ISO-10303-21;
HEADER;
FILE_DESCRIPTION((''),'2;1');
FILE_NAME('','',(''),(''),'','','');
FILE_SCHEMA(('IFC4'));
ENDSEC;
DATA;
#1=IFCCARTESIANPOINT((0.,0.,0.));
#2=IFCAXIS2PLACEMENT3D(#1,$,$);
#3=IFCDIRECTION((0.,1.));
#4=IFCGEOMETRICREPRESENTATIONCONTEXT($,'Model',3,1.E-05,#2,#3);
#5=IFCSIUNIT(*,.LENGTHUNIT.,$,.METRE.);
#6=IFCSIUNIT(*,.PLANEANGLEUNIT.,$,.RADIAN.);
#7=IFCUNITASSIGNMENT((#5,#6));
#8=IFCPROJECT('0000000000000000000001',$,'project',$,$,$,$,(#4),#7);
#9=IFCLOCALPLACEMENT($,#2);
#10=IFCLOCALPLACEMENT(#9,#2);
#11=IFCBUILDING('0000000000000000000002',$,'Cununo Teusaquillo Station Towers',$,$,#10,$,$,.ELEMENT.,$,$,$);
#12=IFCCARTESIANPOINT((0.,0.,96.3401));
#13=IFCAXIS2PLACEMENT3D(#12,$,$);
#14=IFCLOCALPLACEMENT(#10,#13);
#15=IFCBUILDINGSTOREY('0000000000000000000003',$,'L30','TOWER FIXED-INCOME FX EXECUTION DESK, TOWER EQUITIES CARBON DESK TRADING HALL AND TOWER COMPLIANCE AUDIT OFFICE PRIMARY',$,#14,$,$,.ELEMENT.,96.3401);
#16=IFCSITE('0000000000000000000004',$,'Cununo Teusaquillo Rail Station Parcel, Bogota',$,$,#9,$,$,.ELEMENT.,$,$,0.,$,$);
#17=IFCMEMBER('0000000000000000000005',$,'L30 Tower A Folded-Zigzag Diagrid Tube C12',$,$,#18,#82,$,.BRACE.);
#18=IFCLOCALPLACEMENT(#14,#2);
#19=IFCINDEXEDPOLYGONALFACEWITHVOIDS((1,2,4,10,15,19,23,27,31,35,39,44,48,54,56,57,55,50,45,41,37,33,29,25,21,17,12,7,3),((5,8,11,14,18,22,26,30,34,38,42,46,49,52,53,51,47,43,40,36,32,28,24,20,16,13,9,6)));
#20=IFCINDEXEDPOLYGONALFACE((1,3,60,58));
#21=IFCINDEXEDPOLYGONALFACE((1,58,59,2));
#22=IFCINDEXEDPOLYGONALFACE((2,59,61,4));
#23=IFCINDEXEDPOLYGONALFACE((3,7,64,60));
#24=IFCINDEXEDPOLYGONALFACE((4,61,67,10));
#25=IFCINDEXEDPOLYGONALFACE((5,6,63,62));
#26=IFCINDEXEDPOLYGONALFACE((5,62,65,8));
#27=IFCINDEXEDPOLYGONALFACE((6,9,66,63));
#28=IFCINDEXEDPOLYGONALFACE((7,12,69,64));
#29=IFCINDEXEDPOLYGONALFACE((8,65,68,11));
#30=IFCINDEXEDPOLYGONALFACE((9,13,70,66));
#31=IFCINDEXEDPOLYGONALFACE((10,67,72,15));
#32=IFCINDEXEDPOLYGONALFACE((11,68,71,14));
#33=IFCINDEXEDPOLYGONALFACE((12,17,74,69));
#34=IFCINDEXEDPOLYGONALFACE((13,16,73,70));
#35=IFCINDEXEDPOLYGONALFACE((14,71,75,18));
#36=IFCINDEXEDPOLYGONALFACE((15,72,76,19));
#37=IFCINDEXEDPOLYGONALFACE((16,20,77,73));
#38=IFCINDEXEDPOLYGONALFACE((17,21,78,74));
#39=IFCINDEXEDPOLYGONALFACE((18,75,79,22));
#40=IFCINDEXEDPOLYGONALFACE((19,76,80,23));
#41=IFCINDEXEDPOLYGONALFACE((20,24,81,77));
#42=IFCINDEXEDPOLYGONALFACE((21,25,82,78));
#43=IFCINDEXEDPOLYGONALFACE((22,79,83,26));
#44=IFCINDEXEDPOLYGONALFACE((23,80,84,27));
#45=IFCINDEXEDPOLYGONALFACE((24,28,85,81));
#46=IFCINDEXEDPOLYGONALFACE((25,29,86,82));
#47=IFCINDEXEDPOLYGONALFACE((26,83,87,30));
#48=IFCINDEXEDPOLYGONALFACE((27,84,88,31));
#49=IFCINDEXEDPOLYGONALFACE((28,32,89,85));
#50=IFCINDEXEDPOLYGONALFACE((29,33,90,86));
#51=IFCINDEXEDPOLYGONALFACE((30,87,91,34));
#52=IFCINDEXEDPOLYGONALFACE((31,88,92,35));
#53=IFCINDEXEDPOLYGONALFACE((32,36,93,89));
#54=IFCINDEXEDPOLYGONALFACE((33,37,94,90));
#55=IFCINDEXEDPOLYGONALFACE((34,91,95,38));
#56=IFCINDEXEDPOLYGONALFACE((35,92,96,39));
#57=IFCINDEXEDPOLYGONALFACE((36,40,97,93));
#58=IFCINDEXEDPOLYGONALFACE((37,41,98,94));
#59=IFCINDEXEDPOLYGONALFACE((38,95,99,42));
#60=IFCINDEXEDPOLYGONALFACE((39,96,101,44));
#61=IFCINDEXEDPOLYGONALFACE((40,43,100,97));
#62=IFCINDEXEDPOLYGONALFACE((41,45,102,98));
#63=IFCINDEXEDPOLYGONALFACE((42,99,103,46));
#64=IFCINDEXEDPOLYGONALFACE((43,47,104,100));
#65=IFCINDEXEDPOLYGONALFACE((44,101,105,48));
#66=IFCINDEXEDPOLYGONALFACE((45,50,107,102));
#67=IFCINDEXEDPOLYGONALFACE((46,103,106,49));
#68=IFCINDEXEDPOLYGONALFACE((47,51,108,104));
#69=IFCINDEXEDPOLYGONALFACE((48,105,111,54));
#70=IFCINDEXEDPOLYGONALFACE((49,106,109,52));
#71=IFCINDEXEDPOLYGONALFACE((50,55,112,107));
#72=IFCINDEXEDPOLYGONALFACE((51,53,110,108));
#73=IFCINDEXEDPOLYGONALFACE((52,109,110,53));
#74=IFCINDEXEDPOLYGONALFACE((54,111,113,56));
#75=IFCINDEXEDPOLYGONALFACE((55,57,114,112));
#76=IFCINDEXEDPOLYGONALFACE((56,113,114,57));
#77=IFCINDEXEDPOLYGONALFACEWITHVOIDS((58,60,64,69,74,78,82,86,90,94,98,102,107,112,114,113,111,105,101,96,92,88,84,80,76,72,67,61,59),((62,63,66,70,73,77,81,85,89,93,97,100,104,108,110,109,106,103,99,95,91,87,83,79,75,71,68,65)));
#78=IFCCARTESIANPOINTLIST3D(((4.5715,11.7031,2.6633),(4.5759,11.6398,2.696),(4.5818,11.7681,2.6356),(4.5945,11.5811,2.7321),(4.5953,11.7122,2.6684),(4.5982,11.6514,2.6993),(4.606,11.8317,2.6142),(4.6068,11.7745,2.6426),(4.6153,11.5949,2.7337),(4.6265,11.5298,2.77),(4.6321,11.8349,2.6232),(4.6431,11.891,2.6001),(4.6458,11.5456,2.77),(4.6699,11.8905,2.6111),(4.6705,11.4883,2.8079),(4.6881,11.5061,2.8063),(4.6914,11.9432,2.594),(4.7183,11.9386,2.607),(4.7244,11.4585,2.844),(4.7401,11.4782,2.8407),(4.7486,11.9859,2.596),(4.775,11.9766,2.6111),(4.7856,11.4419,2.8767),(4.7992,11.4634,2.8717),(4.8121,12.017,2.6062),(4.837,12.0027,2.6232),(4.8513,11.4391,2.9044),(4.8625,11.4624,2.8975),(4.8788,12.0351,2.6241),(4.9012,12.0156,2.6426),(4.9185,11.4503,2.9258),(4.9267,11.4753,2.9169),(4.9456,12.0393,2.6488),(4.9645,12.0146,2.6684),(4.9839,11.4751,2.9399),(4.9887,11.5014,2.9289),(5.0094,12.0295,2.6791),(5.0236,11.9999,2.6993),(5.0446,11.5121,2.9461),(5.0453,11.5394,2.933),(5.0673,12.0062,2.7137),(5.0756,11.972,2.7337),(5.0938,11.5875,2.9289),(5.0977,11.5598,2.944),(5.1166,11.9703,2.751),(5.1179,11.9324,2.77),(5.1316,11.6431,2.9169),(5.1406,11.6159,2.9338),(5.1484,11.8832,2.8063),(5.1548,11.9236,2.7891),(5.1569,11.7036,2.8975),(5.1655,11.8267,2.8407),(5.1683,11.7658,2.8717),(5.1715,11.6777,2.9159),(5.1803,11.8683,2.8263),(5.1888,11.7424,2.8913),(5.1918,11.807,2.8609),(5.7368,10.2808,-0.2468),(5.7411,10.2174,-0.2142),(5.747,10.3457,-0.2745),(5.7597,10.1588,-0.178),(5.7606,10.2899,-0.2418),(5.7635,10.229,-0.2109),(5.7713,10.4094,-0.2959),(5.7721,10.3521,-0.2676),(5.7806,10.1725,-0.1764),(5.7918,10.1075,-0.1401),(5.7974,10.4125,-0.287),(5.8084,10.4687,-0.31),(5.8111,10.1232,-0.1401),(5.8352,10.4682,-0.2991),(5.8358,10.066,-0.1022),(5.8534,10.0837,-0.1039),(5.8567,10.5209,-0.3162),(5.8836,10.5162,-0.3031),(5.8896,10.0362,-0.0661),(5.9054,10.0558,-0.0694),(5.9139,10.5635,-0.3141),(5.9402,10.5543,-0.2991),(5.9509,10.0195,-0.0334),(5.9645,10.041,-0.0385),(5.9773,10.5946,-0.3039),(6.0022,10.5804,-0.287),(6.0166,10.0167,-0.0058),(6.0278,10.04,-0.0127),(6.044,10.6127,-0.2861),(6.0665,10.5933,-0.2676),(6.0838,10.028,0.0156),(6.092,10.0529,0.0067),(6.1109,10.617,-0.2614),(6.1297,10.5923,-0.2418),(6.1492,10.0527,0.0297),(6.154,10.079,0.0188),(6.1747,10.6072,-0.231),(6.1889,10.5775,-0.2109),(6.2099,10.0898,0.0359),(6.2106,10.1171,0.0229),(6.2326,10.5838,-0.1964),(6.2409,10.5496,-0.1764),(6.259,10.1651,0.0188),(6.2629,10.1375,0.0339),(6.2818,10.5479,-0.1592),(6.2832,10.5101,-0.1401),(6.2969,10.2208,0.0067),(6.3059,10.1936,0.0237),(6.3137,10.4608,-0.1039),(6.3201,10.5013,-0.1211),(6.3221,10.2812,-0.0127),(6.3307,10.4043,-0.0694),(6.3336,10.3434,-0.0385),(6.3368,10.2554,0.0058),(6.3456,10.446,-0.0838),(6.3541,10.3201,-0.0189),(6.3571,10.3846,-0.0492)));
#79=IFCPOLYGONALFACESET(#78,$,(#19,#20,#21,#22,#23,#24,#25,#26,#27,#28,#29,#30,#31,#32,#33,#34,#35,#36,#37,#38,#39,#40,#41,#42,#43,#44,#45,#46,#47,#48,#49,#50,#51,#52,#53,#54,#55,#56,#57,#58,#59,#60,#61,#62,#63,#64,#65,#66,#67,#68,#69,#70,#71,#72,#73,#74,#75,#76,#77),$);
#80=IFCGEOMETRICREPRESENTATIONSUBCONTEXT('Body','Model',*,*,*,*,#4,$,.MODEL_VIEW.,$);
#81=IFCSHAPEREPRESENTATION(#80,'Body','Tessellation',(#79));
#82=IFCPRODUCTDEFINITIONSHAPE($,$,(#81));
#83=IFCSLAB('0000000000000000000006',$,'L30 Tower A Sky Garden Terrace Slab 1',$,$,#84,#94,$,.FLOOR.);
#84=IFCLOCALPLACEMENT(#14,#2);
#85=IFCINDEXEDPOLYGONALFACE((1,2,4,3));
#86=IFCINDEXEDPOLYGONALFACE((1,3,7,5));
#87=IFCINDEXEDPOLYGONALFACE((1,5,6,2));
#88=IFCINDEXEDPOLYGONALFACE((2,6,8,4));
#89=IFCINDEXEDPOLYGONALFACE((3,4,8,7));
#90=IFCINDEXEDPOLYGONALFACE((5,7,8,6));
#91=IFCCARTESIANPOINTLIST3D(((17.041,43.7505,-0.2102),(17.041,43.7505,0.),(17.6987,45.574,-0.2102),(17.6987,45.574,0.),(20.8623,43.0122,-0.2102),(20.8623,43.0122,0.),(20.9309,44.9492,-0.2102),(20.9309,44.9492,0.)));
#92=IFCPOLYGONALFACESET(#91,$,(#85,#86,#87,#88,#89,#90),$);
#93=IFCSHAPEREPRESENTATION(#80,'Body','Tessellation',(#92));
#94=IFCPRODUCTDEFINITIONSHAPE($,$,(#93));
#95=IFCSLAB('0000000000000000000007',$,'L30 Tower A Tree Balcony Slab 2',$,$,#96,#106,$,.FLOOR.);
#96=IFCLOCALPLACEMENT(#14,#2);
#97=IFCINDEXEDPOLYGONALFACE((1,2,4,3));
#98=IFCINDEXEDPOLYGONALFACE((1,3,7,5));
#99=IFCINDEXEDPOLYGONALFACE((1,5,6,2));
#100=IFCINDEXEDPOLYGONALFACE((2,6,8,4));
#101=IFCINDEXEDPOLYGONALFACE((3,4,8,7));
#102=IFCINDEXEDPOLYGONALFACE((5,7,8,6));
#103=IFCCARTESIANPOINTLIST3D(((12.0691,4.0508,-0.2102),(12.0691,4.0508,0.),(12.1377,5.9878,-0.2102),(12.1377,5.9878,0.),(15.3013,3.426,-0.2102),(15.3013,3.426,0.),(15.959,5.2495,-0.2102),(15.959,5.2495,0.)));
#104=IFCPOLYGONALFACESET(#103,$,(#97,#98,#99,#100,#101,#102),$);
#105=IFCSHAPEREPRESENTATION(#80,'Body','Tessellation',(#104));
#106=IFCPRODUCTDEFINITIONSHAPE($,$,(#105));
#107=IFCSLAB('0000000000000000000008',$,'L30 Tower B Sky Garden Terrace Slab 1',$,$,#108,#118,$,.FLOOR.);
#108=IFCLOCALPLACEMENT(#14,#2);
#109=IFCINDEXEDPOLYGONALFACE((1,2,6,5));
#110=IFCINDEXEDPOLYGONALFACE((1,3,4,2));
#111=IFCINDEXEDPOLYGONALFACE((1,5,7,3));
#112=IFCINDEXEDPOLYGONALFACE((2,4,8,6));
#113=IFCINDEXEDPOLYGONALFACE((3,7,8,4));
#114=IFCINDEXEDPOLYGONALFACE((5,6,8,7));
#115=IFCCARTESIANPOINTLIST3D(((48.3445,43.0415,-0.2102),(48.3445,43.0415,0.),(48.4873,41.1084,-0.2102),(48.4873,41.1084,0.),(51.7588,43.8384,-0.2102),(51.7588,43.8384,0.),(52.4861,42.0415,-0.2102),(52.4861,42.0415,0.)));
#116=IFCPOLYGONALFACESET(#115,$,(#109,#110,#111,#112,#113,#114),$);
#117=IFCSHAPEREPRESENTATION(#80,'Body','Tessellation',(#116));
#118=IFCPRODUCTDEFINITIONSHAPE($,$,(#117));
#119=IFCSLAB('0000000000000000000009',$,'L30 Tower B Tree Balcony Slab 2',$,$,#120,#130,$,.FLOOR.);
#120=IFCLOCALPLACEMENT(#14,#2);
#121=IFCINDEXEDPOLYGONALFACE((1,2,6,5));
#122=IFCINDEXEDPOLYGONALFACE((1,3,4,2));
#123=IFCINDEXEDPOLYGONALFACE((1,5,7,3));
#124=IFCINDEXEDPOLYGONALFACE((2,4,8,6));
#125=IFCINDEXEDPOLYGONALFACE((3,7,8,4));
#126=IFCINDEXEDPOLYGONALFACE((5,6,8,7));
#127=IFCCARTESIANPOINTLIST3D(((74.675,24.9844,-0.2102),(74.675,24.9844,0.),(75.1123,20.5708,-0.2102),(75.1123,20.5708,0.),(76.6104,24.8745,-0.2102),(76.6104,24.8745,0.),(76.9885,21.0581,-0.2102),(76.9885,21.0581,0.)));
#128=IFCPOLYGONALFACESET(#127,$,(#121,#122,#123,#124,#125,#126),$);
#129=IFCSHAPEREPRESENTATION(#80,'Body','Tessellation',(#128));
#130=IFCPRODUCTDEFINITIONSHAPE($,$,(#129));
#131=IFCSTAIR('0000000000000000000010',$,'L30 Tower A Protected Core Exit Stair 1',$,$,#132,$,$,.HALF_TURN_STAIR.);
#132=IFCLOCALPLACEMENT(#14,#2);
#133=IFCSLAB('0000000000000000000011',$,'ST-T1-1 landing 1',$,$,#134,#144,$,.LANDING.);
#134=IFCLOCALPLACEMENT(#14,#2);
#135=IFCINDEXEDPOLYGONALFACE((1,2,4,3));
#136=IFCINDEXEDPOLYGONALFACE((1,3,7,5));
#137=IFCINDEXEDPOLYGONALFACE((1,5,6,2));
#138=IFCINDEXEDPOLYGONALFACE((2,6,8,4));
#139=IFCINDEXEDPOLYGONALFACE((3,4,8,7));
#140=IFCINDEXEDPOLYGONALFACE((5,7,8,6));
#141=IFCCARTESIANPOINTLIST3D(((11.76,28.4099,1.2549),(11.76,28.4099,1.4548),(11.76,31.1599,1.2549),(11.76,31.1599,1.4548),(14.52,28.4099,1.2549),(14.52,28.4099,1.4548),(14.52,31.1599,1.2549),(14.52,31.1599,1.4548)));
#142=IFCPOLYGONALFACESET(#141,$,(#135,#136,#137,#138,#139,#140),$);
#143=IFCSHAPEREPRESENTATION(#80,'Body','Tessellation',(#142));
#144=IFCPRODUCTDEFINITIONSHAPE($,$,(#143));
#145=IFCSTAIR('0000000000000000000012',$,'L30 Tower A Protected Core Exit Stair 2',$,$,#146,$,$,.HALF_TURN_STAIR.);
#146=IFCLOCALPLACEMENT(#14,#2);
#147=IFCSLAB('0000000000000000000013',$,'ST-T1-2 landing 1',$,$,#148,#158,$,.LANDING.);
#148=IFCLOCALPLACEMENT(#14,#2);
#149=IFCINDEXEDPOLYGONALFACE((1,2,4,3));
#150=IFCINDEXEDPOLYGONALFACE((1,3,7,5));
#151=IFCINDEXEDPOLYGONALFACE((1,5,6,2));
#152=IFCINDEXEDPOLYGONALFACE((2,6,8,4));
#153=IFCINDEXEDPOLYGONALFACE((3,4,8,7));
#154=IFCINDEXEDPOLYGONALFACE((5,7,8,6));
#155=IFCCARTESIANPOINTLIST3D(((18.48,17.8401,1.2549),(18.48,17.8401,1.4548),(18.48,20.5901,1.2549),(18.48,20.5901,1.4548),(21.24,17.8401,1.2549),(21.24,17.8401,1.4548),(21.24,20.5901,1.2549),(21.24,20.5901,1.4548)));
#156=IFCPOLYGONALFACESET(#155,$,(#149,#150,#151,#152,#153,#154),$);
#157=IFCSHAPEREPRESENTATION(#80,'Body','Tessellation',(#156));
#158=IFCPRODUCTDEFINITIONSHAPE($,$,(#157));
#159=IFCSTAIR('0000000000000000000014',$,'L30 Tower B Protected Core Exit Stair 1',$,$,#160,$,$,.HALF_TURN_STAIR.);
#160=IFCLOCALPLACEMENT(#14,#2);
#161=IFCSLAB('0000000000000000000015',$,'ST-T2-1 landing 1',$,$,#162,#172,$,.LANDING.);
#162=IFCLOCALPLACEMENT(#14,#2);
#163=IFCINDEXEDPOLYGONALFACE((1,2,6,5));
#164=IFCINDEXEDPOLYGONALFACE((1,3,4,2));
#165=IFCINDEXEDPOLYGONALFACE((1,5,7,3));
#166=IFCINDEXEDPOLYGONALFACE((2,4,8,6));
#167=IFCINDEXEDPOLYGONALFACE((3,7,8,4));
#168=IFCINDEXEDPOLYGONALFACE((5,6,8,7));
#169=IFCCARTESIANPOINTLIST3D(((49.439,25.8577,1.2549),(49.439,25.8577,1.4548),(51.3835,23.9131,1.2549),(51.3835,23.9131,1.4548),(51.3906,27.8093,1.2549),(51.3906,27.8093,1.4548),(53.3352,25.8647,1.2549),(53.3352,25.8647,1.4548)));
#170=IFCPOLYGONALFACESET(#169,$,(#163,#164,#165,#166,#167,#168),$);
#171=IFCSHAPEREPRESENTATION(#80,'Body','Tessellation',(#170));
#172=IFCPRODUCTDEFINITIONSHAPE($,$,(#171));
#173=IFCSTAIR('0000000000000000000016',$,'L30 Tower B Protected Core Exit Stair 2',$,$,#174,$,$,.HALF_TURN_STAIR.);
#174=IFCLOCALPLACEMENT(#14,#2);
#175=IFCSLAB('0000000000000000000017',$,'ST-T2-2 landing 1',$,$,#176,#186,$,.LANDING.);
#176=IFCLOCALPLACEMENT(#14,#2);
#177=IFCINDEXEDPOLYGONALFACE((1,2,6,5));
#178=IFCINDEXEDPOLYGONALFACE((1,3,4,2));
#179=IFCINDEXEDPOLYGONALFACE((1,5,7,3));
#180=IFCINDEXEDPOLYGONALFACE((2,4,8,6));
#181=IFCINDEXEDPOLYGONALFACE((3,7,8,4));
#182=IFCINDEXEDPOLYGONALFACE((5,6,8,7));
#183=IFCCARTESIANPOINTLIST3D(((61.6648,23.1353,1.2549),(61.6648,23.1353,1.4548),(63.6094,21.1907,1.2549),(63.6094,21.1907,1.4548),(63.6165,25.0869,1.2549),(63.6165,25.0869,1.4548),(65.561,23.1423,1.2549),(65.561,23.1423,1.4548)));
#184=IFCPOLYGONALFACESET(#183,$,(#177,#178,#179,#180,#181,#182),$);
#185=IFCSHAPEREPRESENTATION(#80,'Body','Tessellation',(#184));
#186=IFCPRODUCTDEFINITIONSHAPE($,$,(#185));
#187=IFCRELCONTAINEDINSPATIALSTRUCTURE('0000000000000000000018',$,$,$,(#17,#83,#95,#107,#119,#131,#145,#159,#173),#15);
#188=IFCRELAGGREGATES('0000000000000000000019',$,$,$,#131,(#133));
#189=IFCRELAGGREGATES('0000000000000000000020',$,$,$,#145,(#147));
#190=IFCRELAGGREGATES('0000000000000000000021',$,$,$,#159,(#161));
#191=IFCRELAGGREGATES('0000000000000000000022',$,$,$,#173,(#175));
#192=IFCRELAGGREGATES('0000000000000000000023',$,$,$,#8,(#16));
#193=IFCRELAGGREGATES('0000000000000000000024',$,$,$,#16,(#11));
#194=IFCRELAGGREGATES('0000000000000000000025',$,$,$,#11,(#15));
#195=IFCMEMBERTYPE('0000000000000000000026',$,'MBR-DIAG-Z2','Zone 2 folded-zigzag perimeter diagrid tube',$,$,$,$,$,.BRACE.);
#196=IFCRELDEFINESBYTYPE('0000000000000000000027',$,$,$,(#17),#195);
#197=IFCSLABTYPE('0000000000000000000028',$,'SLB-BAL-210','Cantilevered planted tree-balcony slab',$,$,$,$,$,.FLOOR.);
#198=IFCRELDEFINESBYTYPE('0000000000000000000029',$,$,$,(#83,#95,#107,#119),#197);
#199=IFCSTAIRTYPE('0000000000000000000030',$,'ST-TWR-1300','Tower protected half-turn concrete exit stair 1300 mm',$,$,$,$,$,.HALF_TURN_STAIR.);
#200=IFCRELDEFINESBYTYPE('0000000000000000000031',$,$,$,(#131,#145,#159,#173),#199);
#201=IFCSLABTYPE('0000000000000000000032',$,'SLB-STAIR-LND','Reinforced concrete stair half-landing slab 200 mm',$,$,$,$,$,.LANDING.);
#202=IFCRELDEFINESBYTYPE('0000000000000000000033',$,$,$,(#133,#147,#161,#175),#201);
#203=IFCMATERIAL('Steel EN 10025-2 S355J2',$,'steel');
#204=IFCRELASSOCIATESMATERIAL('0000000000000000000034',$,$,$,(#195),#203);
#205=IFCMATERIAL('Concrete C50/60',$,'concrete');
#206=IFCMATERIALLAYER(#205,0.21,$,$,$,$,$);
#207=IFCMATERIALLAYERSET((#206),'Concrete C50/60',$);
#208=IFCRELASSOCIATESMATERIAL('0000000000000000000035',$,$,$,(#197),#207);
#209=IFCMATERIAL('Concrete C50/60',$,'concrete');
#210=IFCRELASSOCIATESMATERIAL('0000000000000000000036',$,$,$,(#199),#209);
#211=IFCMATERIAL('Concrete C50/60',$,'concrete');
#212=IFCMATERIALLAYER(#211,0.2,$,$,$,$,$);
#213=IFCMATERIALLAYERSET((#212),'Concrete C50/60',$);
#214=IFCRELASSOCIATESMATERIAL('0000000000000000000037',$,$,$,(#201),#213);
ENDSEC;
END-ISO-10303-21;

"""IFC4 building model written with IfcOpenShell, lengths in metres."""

from ifc_helpers import new_model, si_unit, direction, frame, origin, origin_2d, place, context, subcontext, project, spatial, polyline, hollow_circle, outline, extrude, material, layer, layer_set, material_profile, profile_set, type_object, element, aggregate, save


model = new_model("IFC4")

# Units and contexts
model_context = context("Model", 3, precision=1e-05, world=origin(), true_north=direction((0.0, 1.0)))
body_context = subcontext(model_context, "Body", "Model", "MODEL_VIEW")
ifc_project = project(units=[si_unit("LENGTHUNIT", "METRE"), si_unit("PLANEANGLEUNIT", "RADIAN")], contexts=[model_context])

# Site, building, storey
site_placement = place(None, origin())
site = spatial("IfcSite", under=ifc_project, at=site_placement, Name="Cununo Teusaquillo Rail Station Parcel, Bogota", CompositionType="ELEMENT", RefElevation=0.0)
building_placement = place(site_placement, origin())
building = spatial("IfcBuilding", under=site, at=building_placement, Name="Cununo Teusaquillo Station Towers", CompositionType="ELEMENT")
storey_placement = place(building_placement, frame((0.0, 0.0, 96.3401)))
storey = spatial("IfcBuildingStorey", under=building, at=storey_placement, Name="L30", Description="TOWER FIXED-INCOME FX EXECUTION DESK, TOWER EQUITIES CARBON DESK TRADING HALL AND TOWER COMPLIANCE AUDIT OFFICE PRIMARY", CompositionType="ELEMENT", Elevation=96.3401)

# Member
ifc_material_1 = material(Name="Steel EN 10025-2 S355J2", Category="steel")
ifc_material_profile_1 = material_profile(ifc_material_1, hollow_circle(Radius=0.3301, WallThickness=0.0249, at=origin_2d()), Name="CHS 660x25")
ifc_profile_set_1 = profile_set([ifc_material_profile_1], Name="Steel EN 10025-2 S355J2")
member_type = type_object("IfcMemberType", Name="MBR-DIAG-Z2", Description="Zone 2 folded-zigzag perimeter diagrid tube", PredefinedType="BRACE", material=ifc_profile_set_1)
member_placement = place(storey_placement, frame((6.0471, 10.3167, -0.1401), z_axis=(-0.33851, 0.413191, 0.84539), x_axis=(-0.773549, -0.633737, 0.0)))
element("IfcMember", 1, at=member_placement, inside=storey, type_object=member_type, Name="L30 Tower A Folded-Zigzag Diagrid Tube C12", PredefinedType="BRACE", context=body_context, shape_type="SweptSolid", body=[
    extrude(hollow_circle(Radius=0.3301, WallThickness=0.0249, at=origin_2d()), origin(), (0.0, 0.0, 1.0), 3.4424),
])

# Slabs
ifc_material_2 = material(Name="Concrete C50/60", Category="concrete")
ifc_layer_1 = layer(ifc_material_2, 0.21)
ifc_layer_set_1 = layer_set([ifc_layer_1], Name="Concrete C50/60")
slab_type_1 = type_object("IfcSlabType", Name="SLB-BAL-210", Description="Cantilevered planted tree-balcony slab", PredefinedType="FLOOR", material=ifc_layer_set_1)
slab_1_placement = place(storey_placement, frame((0.0, 0.0, -0.2102)))
element("IfcSlab", 2, at=slab_1_placement, inside=storey, type_object=slab_type_1, Name="L30 Tower A Sky Garden Terrace Slab 1", PredefinedType="FLOOR", context=body_context, shape_type="SweptSolid", body=[
    extrude(outline(polyline([(20.8623, 43.0122), (17.041, 43.7505), (17.6987, 45.574), (20.9309, 44.9492), (20.8623, 43.0122)])), origin(), (0.0, 0.0, 1.0), 0.2102),
])
slab_2_placement = place(storey_placement, frame((0.0, 0.0, -0.2102)))
element("IfcSlab", 3, at=slab_2_placement, inside=storey, type_object=slab_type_1, Name="L30 Tower A Tree Balcony Slab 2", PredefinedType="FLOOR", context=body_context, shape_type="SweptSolid", body=[
    extrude(outline(polyline([(12.1377, 5.9878), (15.959, 5.2495), (15.3013, 3.426), (12.0691, 4.0508), (12.1377, 5.9878)])), origin(), (0.0, 0.0, 1.0), 0.2102),
])
slab_3_placement = place(storey_placement, frame((0.0, 0.0, -0.2102)))
element("IfcSlab", 4, at=slab_3_placement, inside=storey, type_object=slab_type_1, Name="L30 Tower B Sky Garden Terrace Slab 1", PredefinedType="FLOOR", context=body_context, shape_type="SweptSolid", body=[
    extrude(outline(polyline([(52.4861, 42.0415), (48.4873, 41.1084), (48.3445, 43.0415), (51.7588, 43.8384), (52.4861, 42.0415)])), origin(), (0.0, 0.0, 1.0), 0.2102),
])
slab_4_placement = place(storey_placement, frame((0.0, 0.0, -0.2102)))
element("IfcSlab", 5, at=slab_4_placement, inside=storey, type_object=slab_type_1, Name="L30 Tower B Tree Balcony Slab 2", PredefinedType="FLOOR", context=body_context, shape_type="SweptSolid", body=[
    extrude(outline(polyline([(75.1123, 20.5708), (74.675, 24.9844), (76.6104, 24.8745), (76.9885, 21.0581), (75.1123, 20.5708)])), origin(), (0.0, 0.0, 1.0), 0.2102),
])

# Stairs, slabs
ifc_material_3 = material(Name="Concrete C50/60", Category="concrete")
stair_type = type_object("IfcStairType", Name="ST-TWR-1300", Description="Tower protected half-turn concrete exit stair 1300 mm", PredefinedType="HALF_TURN_STAIR", material=ifc_material_3)
stair_1_placement = place(storey_placement, origin())
stair_1 = element("IfcStair", 6, at=stair_1_placement, inside=storey, type_object=stair_type, Name="L30 Tower A Protected Core Exit Stair 1", PredefinedType="HALF_TURN_STAIR")
ifc_material_4 = material(Name="Concrete C50/60", Category="concrete")
ifc_layer_2 = layer(ifc_material_4, 0.2)
ifc_layer_set_2 = layer_set([ifc_layer_2], Name="Concrete C50/60")
slab_type_2 = type_object("IfcSlabType", Name="SLB-STAIR-LND", Description="Reinforced concrete stair half-landing slab 200 mm", PredefinedType="LANDING", material=ifc_layer_set_2)
slab_5_placement = place(storey_placement, frame((0.0, 0.0, 1.2549)))
slab_5 = element("IfcSlab", 7, at=slab_5_placement, type_object=slab_type_2, Name="ST-T1-1 landing 1", PredefinedType="LANDING", context=body_context, shape_type="SweptSolid", body=[
    extrude(outline(polyline([(14.52, 28.4099), (14.52, 31.1599), (11.76, 31.1599), (11.76, 28.4099), (14.52, 28.4099)])), origin(), (0.0, 0.0, 1.0), 0.2),
])
aggregate(stair_1, [slab_5])
stair_2_placement = place(storey_placement, origin())
stair_2 = element("IfcStair", 8, at=stair_2_placement, inside=storey, type_object=stair_type, Name="L30 Tower A Protected Core Exit Stair 2", PredefinedType="HALF_TURN_STAIR")
slab_6_placement = place(storey_placement, frame((0.0, 0.0, 1.2549)))
slab_6 = element("IfcSlab", 9, at=slab_6_placement, type_object=slab_type_2, Name="ST-T1-2 landing 1", PredefinedType="LANDING", context=body_context, shape_type="SweptSolid", body=[
    extrude(outline(polyline([(18.48, 20.5901), (18.48, 17.8401), (21.24, 17.8401), (21.24, 20.5901), (18.48, 20.5901)])), origin(), (0.0, 0.0, 1.0), 0.2),
])
aggregate(stair_2, [slab_6])
stair_3_placement = place(storey_placement, origin())
stair_3 = element("IfcStair", 10, at=stair_3_placement, inside=storey, type_object=stair_type, Name="L30 Tower B Protected Core Exit Stair 1", PredefinedType="HALF_TURN_STAIR")
slab_7_placement = place(storey_placement, frame((0.0, 0.0, 1.2549)))
slab_7 = element("IfcSlab", 11, at=slab_7_placement, type_object=slab_type_2, Name="ST-T2-1 landing 1", PredefinedType="LANDING", context=body_context, shape_type="SweptSolid", body=[
    extrude(outline(polyline([(53.3352, 25.8647), (51.3906, 27.8093), (49.439, 25.8577), (51.3835, 23.9131), (53.3352, 25.8647)])), origin(), (0.0, 0.0, 1.0), 0.2),
])
aggregate(stair_3, [slab_7])
stair_4_placement = place(storey_placement, origin())
stair_4 = element("IfcStair", 12, at=stair_4_placement, inside=storey, type_object=stair_type, Name="L30 Tower B Protected Core Exit Stair 2", PredefinedType="HALF_TURN_STAIR")
slab_8_placement = place(storey_placement, frame((0.0, 0.0, 1.2549)))
slab_8 = element("IfcSlab", 13, at=slab_8_placement, type_object=slab_type_2, Name="ST-T2-2 landing 1", PredefinedType="LANDING", context=body_context, shape_type="SweptSolid", body=[
    extrude(outline(polyline([(61.6648, 23.1353), (63.6094, 21.1907), (65.561, 23.1423), (63.6165, 25.0869), (61.6648, 23.1353)])), origin(), (0.0, 0.0, 1.0), 0.2),
])
aggregate(stair_4, [slab_8])

save(model, "model.ifc")
